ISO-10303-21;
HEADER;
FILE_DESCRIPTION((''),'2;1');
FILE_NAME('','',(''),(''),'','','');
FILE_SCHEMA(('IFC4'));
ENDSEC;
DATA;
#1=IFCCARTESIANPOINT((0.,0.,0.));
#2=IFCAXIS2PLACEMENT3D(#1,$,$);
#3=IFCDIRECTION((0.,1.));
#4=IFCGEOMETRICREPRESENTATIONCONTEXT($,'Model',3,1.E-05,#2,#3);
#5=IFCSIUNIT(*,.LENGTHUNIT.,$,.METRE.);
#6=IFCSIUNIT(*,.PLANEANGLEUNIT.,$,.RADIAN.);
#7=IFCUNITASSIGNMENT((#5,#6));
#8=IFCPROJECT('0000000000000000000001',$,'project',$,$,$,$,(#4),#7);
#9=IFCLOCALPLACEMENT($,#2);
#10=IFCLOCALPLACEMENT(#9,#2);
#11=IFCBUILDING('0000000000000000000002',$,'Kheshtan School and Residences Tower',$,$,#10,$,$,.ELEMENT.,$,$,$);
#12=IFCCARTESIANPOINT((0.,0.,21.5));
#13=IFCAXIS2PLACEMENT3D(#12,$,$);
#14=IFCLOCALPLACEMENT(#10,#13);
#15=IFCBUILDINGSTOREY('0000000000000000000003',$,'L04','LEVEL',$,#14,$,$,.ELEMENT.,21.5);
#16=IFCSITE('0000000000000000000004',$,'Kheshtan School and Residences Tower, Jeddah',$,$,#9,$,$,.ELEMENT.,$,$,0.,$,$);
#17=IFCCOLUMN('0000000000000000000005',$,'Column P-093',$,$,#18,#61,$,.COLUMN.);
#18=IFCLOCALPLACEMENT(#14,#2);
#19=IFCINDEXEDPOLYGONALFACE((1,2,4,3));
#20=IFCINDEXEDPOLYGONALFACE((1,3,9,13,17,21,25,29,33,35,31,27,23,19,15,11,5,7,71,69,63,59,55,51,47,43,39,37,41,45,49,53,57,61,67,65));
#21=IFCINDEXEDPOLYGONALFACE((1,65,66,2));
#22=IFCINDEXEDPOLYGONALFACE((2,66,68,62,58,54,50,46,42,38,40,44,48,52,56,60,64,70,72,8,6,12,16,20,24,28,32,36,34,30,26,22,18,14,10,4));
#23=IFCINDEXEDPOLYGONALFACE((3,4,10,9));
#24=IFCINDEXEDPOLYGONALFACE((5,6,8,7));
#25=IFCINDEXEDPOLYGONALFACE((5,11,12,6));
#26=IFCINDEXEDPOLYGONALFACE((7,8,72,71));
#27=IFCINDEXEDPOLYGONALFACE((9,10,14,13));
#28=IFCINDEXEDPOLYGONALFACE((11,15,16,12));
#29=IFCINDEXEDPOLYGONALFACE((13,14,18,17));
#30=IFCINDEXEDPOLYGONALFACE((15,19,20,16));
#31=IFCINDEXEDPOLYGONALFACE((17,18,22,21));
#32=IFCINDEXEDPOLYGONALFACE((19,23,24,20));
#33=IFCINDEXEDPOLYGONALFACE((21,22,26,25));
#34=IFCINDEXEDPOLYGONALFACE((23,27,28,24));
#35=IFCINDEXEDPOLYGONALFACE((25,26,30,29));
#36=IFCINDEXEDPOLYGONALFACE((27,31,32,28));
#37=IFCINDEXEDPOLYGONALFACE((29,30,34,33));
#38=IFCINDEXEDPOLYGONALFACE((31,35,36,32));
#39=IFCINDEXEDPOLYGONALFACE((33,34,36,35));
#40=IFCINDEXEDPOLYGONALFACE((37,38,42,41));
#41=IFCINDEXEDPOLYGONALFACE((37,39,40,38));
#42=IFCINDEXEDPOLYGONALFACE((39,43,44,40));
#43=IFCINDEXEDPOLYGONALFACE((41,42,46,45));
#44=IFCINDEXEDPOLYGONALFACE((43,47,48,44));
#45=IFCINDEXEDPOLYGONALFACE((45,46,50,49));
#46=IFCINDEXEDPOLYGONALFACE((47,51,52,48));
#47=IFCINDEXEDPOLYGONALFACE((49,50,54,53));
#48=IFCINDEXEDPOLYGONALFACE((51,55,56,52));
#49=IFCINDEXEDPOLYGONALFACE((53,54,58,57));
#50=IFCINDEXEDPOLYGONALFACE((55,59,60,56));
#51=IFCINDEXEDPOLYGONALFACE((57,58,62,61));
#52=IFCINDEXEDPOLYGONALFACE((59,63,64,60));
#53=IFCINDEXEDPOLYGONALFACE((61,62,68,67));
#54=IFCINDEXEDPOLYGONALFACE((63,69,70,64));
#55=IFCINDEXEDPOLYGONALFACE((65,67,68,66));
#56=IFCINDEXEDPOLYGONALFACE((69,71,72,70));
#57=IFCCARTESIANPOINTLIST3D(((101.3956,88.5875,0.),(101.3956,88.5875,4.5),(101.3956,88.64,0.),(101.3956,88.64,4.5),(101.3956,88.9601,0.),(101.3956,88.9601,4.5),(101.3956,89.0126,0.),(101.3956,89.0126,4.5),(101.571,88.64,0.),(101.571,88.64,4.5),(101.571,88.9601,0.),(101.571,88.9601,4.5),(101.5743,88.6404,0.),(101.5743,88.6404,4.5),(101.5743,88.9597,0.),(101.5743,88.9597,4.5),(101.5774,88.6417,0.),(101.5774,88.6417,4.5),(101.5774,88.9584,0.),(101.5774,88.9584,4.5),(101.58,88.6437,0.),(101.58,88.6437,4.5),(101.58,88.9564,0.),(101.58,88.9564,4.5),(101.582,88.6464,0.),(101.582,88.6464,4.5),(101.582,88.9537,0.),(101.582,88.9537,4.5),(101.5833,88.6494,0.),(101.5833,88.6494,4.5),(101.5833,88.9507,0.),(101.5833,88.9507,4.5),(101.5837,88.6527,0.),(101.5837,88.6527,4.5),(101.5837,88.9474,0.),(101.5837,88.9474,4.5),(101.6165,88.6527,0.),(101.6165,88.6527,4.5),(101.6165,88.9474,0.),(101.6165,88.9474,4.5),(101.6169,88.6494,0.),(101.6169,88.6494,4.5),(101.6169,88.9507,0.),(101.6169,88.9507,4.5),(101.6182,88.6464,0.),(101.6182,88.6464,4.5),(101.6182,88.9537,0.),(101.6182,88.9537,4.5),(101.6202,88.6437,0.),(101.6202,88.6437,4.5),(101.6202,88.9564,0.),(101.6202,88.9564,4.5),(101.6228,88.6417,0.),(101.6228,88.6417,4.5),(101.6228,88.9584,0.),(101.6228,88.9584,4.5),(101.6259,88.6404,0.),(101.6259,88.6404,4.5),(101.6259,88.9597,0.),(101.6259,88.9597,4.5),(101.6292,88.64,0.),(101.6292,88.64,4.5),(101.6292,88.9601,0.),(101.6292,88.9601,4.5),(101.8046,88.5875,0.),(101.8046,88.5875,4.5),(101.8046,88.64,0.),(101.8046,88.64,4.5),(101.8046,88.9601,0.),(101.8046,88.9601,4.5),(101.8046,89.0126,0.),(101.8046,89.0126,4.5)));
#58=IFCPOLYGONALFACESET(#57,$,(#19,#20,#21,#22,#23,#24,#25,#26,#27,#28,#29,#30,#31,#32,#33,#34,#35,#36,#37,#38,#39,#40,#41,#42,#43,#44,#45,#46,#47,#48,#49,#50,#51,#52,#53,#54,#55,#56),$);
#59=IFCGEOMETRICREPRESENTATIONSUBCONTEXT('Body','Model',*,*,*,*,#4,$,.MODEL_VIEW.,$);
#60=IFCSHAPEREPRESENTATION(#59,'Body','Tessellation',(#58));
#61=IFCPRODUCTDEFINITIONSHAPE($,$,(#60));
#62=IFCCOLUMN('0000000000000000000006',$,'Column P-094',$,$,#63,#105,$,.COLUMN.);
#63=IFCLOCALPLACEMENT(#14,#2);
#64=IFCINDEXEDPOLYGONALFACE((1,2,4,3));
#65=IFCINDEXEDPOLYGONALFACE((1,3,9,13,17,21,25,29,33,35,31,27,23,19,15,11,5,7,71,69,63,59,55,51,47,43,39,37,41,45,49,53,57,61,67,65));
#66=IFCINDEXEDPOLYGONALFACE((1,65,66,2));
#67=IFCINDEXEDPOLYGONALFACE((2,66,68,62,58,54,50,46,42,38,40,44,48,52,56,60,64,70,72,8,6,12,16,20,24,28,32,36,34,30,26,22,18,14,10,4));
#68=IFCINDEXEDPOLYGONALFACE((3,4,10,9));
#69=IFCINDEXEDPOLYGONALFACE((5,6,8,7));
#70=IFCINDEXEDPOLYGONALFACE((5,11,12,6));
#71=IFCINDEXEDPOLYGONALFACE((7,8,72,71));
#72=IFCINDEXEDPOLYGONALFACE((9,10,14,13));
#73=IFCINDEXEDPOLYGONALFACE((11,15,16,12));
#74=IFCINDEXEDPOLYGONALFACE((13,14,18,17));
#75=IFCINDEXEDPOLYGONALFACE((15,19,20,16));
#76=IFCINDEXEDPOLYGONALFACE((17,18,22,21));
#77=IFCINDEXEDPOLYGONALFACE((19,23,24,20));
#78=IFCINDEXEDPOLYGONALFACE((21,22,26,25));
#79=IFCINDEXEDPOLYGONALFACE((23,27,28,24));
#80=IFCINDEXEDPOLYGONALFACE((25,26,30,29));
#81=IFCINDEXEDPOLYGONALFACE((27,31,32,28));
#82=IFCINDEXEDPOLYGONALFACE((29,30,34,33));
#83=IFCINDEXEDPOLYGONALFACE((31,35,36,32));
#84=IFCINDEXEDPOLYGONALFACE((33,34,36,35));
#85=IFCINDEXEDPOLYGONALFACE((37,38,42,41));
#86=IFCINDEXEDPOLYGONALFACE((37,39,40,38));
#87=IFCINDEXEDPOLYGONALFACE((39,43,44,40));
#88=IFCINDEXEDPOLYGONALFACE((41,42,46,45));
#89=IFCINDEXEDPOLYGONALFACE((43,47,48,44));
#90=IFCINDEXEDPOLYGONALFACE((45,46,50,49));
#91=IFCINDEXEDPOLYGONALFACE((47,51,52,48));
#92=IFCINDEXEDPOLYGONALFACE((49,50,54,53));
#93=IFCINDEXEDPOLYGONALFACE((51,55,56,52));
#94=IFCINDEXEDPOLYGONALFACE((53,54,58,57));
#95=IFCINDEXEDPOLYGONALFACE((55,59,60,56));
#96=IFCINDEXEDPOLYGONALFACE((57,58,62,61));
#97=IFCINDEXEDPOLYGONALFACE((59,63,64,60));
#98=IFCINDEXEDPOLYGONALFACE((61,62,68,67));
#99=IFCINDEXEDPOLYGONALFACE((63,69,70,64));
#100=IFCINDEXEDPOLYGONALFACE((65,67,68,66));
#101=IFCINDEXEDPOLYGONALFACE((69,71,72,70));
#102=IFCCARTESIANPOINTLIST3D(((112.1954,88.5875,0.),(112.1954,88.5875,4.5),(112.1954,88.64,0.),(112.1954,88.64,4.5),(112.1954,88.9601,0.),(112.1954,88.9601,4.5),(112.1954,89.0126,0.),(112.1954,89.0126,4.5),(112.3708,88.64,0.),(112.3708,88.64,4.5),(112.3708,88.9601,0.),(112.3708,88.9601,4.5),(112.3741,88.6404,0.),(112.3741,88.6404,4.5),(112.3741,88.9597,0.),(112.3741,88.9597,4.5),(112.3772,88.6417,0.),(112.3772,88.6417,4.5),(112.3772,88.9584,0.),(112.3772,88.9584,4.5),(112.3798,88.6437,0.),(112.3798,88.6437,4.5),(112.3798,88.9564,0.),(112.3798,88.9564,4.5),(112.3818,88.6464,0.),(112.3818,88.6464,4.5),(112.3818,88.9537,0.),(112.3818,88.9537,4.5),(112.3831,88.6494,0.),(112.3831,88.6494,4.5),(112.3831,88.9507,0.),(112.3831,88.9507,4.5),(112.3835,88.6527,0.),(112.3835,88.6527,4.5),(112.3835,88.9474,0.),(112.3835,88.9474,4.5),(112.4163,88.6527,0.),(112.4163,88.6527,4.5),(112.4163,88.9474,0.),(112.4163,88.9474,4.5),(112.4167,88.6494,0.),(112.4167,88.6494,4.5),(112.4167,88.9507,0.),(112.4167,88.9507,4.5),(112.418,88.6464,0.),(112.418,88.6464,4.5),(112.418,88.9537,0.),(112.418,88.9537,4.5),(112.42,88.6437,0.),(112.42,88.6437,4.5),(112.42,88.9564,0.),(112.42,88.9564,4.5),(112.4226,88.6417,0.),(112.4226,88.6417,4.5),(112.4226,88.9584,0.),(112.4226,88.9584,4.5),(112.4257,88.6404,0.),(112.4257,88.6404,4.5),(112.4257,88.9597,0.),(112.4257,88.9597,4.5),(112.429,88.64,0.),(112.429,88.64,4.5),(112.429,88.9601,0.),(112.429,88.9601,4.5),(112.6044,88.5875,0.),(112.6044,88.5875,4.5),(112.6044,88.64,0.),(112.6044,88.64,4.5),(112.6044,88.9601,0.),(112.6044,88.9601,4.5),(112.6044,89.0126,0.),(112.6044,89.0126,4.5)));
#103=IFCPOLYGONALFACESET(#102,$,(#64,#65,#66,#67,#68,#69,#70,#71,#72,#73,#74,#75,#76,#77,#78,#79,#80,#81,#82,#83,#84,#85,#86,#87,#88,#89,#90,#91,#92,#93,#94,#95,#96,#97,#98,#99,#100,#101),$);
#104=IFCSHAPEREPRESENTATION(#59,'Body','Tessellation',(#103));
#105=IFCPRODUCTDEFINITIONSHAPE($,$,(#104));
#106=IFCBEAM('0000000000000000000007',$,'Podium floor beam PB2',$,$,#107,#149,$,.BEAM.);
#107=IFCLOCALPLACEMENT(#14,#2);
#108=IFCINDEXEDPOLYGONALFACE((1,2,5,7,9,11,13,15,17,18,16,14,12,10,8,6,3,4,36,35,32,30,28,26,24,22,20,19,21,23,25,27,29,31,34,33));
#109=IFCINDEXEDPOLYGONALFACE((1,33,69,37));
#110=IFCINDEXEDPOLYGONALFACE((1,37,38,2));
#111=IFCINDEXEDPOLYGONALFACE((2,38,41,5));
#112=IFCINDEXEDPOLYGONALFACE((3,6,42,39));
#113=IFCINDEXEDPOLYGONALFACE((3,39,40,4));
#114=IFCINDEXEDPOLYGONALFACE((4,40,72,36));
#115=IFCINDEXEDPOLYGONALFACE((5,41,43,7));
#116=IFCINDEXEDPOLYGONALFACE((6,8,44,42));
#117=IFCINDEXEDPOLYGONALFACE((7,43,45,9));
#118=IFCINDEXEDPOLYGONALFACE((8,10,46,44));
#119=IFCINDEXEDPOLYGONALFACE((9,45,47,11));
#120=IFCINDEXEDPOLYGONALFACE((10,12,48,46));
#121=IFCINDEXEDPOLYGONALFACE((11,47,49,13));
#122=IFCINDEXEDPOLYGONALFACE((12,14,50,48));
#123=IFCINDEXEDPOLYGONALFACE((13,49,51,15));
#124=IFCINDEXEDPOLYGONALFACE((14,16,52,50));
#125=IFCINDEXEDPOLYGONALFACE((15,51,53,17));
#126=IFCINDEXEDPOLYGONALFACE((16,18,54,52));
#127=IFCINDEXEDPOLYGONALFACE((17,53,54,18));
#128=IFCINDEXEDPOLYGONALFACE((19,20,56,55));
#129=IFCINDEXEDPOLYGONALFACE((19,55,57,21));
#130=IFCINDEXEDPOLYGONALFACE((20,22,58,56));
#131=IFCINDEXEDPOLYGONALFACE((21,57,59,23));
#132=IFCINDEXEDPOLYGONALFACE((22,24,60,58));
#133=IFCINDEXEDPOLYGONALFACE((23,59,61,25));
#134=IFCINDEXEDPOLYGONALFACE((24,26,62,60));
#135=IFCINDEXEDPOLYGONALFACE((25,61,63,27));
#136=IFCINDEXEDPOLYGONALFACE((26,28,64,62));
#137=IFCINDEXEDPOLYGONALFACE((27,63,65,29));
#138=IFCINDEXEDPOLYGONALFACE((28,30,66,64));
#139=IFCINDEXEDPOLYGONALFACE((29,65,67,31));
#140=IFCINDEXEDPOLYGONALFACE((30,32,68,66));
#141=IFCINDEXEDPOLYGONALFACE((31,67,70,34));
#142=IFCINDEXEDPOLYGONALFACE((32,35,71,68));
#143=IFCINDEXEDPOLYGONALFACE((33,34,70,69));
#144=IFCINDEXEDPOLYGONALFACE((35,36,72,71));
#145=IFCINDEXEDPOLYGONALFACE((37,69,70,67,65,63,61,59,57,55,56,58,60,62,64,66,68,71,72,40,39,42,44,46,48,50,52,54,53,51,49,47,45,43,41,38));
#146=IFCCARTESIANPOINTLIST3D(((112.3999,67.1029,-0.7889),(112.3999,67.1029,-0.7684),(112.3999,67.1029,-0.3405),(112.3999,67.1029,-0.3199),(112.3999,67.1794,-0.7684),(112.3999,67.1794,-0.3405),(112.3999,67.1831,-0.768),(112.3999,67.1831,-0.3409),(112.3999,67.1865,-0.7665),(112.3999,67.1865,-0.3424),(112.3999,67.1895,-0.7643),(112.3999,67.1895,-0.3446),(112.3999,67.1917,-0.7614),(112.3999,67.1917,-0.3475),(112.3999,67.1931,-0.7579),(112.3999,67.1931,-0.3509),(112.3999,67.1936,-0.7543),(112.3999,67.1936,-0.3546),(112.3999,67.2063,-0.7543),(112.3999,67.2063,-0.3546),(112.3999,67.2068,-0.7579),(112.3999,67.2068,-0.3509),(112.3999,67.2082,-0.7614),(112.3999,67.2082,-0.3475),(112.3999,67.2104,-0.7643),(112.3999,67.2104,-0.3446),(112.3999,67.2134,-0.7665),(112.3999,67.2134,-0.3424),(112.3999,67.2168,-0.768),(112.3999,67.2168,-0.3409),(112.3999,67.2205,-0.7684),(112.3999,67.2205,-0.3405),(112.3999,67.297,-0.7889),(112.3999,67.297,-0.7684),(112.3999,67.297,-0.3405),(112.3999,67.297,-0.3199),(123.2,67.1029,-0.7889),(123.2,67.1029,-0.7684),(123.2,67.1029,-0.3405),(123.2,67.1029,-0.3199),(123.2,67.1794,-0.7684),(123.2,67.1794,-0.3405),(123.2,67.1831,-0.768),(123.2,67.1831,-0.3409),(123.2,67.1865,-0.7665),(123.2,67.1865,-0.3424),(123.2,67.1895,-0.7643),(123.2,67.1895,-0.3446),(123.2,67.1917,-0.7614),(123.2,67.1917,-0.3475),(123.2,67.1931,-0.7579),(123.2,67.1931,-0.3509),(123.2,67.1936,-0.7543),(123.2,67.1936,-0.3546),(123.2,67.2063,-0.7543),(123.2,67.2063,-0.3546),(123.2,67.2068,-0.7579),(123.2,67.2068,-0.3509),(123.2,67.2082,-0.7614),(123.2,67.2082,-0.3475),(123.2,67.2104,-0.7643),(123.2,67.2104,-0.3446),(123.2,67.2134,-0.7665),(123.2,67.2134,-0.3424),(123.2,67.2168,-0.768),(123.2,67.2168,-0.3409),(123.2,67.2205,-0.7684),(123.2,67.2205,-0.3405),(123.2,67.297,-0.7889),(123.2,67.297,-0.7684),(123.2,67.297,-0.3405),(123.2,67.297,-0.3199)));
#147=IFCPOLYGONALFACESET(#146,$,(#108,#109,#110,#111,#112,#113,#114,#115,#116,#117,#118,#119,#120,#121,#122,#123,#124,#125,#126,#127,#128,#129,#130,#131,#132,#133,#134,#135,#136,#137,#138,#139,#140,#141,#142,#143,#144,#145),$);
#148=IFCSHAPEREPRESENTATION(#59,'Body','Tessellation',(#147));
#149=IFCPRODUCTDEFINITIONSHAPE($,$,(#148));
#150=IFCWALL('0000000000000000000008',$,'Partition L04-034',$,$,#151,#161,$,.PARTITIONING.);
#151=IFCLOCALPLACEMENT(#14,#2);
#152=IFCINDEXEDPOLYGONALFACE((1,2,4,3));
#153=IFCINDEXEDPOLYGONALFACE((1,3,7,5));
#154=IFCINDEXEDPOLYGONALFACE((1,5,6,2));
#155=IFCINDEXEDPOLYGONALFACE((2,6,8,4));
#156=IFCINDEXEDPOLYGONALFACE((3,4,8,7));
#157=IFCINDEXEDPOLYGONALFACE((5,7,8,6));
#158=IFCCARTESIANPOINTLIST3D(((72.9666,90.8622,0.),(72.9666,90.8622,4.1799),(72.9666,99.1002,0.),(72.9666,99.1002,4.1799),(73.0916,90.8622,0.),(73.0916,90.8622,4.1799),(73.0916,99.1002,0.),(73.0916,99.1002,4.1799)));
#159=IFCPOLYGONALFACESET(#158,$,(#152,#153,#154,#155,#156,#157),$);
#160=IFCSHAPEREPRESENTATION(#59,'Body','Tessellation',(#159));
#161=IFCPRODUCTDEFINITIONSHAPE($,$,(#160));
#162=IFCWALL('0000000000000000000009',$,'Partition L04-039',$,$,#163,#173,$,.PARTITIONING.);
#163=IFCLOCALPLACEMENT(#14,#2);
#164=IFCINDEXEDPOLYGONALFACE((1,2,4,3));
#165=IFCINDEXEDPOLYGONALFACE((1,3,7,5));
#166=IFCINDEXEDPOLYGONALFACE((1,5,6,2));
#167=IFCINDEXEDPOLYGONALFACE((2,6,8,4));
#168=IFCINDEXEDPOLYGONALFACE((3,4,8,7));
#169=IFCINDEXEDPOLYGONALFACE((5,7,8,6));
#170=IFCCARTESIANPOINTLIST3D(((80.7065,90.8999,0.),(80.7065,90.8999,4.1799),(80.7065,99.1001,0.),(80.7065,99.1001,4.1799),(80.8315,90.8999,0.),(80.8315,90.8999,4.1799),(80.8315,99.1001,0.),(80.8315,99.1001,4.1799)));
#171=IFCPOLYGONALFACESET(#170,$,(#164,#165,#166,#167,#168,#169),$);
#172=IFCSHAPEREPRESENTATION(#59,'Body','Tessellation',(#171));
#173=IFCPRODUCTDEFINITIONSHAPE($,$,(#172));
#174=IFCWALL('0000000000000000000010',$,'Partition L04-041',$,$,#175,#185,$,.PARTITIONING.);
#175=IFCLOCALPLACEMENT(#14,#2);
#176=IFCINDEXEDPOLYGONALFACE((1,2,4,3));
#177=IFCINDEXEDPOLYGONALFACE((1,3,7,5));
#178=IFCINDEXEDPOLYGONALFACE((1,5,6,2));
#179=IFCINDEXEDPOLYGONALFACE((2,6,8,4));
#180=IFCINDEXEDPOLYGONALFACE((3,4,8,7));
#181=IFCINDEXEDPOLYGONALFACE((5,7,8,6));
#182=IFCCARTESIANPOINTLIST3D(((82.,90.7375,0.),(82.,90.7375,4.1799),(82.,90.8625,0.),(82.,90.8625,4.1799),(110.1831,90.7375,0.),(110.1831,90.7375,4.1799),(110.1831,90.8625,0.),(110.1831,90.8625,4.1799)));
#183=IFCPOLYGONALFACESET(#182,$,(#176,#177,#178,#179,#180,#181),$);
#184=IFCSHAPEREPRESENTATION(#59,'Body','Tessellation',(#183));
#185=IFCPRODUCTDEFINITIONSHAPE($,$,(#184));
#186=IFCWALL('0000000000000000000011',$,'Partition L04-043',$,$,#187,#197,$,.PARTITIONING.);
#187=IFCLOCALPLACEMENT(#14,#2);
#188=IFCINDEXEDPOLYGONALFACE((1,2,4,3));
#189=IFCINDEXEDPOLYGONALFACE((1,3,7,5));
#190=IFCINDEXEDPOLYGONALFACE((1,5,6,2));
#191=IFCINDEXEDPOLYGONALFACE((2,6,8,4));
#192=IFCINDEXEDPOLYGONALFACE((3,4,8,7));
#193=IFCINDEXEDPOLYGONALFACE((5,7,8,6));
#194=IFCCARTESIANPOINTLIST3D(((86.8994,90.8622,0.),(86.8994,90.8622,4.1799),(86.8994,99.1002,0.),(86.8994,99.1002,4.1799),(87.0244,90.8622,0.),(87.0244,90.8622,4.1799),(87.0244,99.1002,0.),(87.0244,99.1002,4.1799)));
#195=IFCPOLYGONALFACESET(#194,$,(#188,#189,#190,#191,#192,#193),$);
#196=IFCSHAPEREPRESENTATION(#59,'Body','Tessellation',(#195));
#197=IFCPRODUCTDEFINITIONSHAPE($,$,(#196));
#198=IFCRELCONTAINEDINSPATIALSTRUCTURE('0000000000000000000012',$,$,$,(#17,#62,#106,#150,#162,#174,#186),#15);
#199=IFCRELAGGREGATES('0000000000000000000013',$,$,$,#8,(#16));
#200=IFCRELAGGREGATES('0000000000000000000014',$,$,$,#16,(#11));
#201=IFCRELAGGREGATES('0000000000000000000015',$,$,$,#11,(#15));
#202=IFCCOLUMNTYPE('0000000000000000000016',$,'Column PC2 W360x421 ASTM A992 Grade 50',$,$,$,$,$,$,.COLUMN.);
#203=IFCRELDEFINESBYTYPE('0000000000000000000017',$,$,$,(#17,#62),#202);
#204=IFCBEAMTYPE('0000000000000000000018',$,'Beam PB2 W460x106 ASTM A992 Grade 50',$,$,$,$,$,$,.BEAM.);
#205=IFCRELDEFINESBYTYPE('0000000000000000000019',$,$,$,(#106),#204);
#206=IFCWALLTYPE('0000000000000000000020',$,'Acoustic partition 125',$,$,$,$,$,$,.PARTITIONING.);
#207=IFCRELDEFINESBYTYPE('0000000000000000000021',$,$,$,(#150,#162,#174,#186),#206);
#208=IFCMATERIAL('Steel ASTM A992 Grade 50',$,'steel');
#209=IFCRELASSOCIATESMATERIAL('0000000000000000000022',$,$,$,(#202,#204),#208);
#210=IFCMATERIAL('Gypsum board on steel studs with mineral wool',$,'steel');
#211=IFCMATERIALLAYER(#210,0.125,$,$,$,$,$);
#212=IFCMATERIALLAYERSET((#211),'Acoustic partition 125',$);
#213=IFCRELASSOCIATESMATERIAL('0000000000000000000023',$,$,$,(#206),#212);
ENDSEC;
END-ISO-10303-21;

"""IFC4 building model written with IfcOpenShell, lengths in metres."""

from ifc_helpers import new_model, si_unit, direction, frame, frame_2d, origin, origin_2d, place, context, subcontext, project, spatial, rectangle, i_section, extrude, material, layer, layer_set, material_profile, profile_set, type_object, element, save


model = new_model("IFC4")

# Units and contexts
model_context = context("Model", 3, precision=1e-05, world=origin(), true_north=direction((0.0, 1.0)))
body_context = subcontext(model_context, "Body", "Model", "MODEL_VIEW")
ifc_project = project(units=[si_unit("LENGTHUNIT", "METRE"), si_unit("PLANEANGLEUNIT", "RADIAN")], contexts=[model_context])

# Site, building, storey
site_placement = place(None, origin())
site = spatial("IfcSite", under=ifc_project, at=site_placement, Name="Kheshtan School and Residences Tower, Jeddah", CompositionType="ELEMENT", RefElevation=0.0)
building_placement = place(site_placement, origin())
building = spatial("IfcBuilding", under=site, at=building_placement, Name="Kheshtan School and Residences Tower", CompositionType="ELEMENT")
storey_placement = place(building_placement, frame((0.0, 0.0, 21.5)))
storey = spatial("IfcBuildingStorey", under=building, at=storey_placement, Name="L04", Description="LEVEL", CompositionType="ELEMENT", Elevation=21.5)

# Columns
ifc_material_1 = material(Name="Steel ASTM A992 Grade 50", Category="steel")
ifc_material_profile_1 = material_profile(ifc_material_1, i_section(OverallWidth=0.4089, OverallDepth=0.425, WebThickness=0.0327, FlangeThickness=0.0525, FilletRadius=0.0127, at=origin_2d()), Name="W360x421")
ifc_profile_set_1 = profile_set([ifc_material_profile_1], Name="Steel ASTM A992 Grade 50")
column_type = type_object("IfcColumnType", Name="Column PC2 W360x421 ASTM A992 Grade 50", PredefinedType="COLUMN", material=ifc_profile_set_1)
for number, where, z_axis, x_axis, name in (
    (1, (101.6001, 88.8, 0.0), (0.0, 0.0, 1.0), (1.0, 0.0, 0.0), "Column P-093"),
    (2, (112.3999, 88.8, 0.0), (0.0, 0.0, 1.0), (1.0, 0.0, 0.0), "Column P-094"),
):
    element("IfcColumn", number, at=place(storey_placement, frame(where, z_axis=z_axis, x_axis=x_axis)), inside=storey, type_object=column_type, Name=name, PredefinedType="COLUMN", context=body_context, shape_type="SweptSolid", body=[
        extrude(i_section(OverallWidth=0.4089, OverallDepth=0.425, WebThickness=0.0327, FlangeThickness=0.0525, FilletRadius=0.0127, at=origin_2d()), origin(), (0.0, 0.0, 1.0), 4.5),
    ])

# Beam
ifc_material_profile_2 = material_profile(ifc_material_1, i_section(OverallWidth=0.1941, OverallDepth=0.469, WebThickness=0.0127, FlangeThickness=0.0205, FilletRadius=0.0142, at=origin_2d()), Name="W460x106")
ifc_profile_set_2 = profile_set([ifc_material_profile_2], Name="Steel ASTM A992 Grade 50")
beam_type = type_object("IfcBeamType", Name="Beam PB2 W460x106 ASTM A992 Grade 50", PredefinedType="BEAM", material=ifc_profile_set_2)
beam_placement = place(storey_placement, frame((112.3999, 67.2, -0.5544), z_axis=(1.0, 0.0, 0.0), x_axis=(0.0, 1.0, 0.0)))
element("IfcBeam", 3, at=beam_placement, inside=storey, type_object=beam_type, Name="Podium floor beam PB2", PredefinedType="BEAM", context=body_context, shape_type="SweptSolid", body=[
    extrude(i_section(OverallWidth=0.1941, OverallDepth=0.469, WebThickness=0.0127, FlangeThickness=0.0205, FilletRadius=0.0142, at=origin_2d()), origin(), (0.0, 0.0, 1.0), 10.8),
])

# Walls
ifc_material_2 = material(Name="Gypsum board on steel studs with mineral wool", Category="steel")
ifc_layer_1 = layer(ifc_material_2, 0.125)
ifc_layer_set_1 = layer_set([ifc_layer_1], Name="Acoustic partition 125")
wall_type_1 = type_object("IfcWallType", Name="Acoustic partition 125", PredefinedType="PARTITIONING", material=ifc_layer_set_1)
wall_1_placement = place(storey_placement, frame((73.0291, 90.8621, 0.0), z_axis=(0.0, 0.0, 1.0), x_axis=(0.0, 1.0, 0.0)))
element("IfcWall", 4, at=wall_1_placement, inside=storey, type_object=wall_type_1, Name="Partition L04-034", PredefinedType="PARTITIONING", context=body_context, shape_type="SweptSolid", body=[
    extrude(rectangle(XDim=8.238, YDim=0.125, at=frame_2d((4.1191, 0.0))), origin(), (0.0, 0.0, 1.0), 4.1799),
])
wall_2_placement = place(storey_placement, frame((80.769, 90.8999, 0.0), z_axis=(0.0, 0.0, 1.0), x_axis=(0.0, 1.0, 0.0)))
element("IfcWall", 5, at=wall_2_placement, inside=storey, type_object=wall_type_1, Name="Partition L04-039", PredefinedType="PARTITIONING", context=body_context, shape_type="SweptSolid", body=[
    extrude(rectangle(XDim=8.2002, YDim=0.125, at=frame_2d((4.1001, 0.0))), origin(), (0.0, 0.0, 1.0), 4.1799),
])
wall_3_placement = place(storey_placement, frame((82.0, 90.8, 0.0), z_axis=(0.0, 0.0, 1.0), x_axis=(1.0, 0.0, 0.0)))
element("IfcWall", 6, at=wall_3_placement, inside=storey, type_object=wall_type_1, Name="Partition L04-041", PredefinedType="PARTITIONING", context=body_context, shape_type="SweptSolid", body=[
    extrude(rectangle(XDim=28.1831, YDim=0.125, at=frame_2d((14.0916, 0.0))), origin(), (0.0, 0.0, 1.0), 4.1799),
])
for number, where, z_axis, x_axis, name in (
    (7, (86.9619, 90.8621, 0.0), (0.0, 0.0, 1.0), (0.0, 1.0, 0.0), "Partition L04-043"),
):
    element("IfcWall", number, at=place(storey_placement, frame(where, z_axis=z_axis, x_axis=x_axis)), inside=storey, type_object=wall_type_1, Name=name, PredefinedType="PARTITIONING", context=body_context, shape_type="SweptSolid", body=[
        extrude(rectangle(XDim=8.238, YDim=0.125, at=frame_2d((4.1191, 0.0))), origin(), (0.0, 0.0, 1.0), 4.1799),
    ])

save(model, "model.ifc")
